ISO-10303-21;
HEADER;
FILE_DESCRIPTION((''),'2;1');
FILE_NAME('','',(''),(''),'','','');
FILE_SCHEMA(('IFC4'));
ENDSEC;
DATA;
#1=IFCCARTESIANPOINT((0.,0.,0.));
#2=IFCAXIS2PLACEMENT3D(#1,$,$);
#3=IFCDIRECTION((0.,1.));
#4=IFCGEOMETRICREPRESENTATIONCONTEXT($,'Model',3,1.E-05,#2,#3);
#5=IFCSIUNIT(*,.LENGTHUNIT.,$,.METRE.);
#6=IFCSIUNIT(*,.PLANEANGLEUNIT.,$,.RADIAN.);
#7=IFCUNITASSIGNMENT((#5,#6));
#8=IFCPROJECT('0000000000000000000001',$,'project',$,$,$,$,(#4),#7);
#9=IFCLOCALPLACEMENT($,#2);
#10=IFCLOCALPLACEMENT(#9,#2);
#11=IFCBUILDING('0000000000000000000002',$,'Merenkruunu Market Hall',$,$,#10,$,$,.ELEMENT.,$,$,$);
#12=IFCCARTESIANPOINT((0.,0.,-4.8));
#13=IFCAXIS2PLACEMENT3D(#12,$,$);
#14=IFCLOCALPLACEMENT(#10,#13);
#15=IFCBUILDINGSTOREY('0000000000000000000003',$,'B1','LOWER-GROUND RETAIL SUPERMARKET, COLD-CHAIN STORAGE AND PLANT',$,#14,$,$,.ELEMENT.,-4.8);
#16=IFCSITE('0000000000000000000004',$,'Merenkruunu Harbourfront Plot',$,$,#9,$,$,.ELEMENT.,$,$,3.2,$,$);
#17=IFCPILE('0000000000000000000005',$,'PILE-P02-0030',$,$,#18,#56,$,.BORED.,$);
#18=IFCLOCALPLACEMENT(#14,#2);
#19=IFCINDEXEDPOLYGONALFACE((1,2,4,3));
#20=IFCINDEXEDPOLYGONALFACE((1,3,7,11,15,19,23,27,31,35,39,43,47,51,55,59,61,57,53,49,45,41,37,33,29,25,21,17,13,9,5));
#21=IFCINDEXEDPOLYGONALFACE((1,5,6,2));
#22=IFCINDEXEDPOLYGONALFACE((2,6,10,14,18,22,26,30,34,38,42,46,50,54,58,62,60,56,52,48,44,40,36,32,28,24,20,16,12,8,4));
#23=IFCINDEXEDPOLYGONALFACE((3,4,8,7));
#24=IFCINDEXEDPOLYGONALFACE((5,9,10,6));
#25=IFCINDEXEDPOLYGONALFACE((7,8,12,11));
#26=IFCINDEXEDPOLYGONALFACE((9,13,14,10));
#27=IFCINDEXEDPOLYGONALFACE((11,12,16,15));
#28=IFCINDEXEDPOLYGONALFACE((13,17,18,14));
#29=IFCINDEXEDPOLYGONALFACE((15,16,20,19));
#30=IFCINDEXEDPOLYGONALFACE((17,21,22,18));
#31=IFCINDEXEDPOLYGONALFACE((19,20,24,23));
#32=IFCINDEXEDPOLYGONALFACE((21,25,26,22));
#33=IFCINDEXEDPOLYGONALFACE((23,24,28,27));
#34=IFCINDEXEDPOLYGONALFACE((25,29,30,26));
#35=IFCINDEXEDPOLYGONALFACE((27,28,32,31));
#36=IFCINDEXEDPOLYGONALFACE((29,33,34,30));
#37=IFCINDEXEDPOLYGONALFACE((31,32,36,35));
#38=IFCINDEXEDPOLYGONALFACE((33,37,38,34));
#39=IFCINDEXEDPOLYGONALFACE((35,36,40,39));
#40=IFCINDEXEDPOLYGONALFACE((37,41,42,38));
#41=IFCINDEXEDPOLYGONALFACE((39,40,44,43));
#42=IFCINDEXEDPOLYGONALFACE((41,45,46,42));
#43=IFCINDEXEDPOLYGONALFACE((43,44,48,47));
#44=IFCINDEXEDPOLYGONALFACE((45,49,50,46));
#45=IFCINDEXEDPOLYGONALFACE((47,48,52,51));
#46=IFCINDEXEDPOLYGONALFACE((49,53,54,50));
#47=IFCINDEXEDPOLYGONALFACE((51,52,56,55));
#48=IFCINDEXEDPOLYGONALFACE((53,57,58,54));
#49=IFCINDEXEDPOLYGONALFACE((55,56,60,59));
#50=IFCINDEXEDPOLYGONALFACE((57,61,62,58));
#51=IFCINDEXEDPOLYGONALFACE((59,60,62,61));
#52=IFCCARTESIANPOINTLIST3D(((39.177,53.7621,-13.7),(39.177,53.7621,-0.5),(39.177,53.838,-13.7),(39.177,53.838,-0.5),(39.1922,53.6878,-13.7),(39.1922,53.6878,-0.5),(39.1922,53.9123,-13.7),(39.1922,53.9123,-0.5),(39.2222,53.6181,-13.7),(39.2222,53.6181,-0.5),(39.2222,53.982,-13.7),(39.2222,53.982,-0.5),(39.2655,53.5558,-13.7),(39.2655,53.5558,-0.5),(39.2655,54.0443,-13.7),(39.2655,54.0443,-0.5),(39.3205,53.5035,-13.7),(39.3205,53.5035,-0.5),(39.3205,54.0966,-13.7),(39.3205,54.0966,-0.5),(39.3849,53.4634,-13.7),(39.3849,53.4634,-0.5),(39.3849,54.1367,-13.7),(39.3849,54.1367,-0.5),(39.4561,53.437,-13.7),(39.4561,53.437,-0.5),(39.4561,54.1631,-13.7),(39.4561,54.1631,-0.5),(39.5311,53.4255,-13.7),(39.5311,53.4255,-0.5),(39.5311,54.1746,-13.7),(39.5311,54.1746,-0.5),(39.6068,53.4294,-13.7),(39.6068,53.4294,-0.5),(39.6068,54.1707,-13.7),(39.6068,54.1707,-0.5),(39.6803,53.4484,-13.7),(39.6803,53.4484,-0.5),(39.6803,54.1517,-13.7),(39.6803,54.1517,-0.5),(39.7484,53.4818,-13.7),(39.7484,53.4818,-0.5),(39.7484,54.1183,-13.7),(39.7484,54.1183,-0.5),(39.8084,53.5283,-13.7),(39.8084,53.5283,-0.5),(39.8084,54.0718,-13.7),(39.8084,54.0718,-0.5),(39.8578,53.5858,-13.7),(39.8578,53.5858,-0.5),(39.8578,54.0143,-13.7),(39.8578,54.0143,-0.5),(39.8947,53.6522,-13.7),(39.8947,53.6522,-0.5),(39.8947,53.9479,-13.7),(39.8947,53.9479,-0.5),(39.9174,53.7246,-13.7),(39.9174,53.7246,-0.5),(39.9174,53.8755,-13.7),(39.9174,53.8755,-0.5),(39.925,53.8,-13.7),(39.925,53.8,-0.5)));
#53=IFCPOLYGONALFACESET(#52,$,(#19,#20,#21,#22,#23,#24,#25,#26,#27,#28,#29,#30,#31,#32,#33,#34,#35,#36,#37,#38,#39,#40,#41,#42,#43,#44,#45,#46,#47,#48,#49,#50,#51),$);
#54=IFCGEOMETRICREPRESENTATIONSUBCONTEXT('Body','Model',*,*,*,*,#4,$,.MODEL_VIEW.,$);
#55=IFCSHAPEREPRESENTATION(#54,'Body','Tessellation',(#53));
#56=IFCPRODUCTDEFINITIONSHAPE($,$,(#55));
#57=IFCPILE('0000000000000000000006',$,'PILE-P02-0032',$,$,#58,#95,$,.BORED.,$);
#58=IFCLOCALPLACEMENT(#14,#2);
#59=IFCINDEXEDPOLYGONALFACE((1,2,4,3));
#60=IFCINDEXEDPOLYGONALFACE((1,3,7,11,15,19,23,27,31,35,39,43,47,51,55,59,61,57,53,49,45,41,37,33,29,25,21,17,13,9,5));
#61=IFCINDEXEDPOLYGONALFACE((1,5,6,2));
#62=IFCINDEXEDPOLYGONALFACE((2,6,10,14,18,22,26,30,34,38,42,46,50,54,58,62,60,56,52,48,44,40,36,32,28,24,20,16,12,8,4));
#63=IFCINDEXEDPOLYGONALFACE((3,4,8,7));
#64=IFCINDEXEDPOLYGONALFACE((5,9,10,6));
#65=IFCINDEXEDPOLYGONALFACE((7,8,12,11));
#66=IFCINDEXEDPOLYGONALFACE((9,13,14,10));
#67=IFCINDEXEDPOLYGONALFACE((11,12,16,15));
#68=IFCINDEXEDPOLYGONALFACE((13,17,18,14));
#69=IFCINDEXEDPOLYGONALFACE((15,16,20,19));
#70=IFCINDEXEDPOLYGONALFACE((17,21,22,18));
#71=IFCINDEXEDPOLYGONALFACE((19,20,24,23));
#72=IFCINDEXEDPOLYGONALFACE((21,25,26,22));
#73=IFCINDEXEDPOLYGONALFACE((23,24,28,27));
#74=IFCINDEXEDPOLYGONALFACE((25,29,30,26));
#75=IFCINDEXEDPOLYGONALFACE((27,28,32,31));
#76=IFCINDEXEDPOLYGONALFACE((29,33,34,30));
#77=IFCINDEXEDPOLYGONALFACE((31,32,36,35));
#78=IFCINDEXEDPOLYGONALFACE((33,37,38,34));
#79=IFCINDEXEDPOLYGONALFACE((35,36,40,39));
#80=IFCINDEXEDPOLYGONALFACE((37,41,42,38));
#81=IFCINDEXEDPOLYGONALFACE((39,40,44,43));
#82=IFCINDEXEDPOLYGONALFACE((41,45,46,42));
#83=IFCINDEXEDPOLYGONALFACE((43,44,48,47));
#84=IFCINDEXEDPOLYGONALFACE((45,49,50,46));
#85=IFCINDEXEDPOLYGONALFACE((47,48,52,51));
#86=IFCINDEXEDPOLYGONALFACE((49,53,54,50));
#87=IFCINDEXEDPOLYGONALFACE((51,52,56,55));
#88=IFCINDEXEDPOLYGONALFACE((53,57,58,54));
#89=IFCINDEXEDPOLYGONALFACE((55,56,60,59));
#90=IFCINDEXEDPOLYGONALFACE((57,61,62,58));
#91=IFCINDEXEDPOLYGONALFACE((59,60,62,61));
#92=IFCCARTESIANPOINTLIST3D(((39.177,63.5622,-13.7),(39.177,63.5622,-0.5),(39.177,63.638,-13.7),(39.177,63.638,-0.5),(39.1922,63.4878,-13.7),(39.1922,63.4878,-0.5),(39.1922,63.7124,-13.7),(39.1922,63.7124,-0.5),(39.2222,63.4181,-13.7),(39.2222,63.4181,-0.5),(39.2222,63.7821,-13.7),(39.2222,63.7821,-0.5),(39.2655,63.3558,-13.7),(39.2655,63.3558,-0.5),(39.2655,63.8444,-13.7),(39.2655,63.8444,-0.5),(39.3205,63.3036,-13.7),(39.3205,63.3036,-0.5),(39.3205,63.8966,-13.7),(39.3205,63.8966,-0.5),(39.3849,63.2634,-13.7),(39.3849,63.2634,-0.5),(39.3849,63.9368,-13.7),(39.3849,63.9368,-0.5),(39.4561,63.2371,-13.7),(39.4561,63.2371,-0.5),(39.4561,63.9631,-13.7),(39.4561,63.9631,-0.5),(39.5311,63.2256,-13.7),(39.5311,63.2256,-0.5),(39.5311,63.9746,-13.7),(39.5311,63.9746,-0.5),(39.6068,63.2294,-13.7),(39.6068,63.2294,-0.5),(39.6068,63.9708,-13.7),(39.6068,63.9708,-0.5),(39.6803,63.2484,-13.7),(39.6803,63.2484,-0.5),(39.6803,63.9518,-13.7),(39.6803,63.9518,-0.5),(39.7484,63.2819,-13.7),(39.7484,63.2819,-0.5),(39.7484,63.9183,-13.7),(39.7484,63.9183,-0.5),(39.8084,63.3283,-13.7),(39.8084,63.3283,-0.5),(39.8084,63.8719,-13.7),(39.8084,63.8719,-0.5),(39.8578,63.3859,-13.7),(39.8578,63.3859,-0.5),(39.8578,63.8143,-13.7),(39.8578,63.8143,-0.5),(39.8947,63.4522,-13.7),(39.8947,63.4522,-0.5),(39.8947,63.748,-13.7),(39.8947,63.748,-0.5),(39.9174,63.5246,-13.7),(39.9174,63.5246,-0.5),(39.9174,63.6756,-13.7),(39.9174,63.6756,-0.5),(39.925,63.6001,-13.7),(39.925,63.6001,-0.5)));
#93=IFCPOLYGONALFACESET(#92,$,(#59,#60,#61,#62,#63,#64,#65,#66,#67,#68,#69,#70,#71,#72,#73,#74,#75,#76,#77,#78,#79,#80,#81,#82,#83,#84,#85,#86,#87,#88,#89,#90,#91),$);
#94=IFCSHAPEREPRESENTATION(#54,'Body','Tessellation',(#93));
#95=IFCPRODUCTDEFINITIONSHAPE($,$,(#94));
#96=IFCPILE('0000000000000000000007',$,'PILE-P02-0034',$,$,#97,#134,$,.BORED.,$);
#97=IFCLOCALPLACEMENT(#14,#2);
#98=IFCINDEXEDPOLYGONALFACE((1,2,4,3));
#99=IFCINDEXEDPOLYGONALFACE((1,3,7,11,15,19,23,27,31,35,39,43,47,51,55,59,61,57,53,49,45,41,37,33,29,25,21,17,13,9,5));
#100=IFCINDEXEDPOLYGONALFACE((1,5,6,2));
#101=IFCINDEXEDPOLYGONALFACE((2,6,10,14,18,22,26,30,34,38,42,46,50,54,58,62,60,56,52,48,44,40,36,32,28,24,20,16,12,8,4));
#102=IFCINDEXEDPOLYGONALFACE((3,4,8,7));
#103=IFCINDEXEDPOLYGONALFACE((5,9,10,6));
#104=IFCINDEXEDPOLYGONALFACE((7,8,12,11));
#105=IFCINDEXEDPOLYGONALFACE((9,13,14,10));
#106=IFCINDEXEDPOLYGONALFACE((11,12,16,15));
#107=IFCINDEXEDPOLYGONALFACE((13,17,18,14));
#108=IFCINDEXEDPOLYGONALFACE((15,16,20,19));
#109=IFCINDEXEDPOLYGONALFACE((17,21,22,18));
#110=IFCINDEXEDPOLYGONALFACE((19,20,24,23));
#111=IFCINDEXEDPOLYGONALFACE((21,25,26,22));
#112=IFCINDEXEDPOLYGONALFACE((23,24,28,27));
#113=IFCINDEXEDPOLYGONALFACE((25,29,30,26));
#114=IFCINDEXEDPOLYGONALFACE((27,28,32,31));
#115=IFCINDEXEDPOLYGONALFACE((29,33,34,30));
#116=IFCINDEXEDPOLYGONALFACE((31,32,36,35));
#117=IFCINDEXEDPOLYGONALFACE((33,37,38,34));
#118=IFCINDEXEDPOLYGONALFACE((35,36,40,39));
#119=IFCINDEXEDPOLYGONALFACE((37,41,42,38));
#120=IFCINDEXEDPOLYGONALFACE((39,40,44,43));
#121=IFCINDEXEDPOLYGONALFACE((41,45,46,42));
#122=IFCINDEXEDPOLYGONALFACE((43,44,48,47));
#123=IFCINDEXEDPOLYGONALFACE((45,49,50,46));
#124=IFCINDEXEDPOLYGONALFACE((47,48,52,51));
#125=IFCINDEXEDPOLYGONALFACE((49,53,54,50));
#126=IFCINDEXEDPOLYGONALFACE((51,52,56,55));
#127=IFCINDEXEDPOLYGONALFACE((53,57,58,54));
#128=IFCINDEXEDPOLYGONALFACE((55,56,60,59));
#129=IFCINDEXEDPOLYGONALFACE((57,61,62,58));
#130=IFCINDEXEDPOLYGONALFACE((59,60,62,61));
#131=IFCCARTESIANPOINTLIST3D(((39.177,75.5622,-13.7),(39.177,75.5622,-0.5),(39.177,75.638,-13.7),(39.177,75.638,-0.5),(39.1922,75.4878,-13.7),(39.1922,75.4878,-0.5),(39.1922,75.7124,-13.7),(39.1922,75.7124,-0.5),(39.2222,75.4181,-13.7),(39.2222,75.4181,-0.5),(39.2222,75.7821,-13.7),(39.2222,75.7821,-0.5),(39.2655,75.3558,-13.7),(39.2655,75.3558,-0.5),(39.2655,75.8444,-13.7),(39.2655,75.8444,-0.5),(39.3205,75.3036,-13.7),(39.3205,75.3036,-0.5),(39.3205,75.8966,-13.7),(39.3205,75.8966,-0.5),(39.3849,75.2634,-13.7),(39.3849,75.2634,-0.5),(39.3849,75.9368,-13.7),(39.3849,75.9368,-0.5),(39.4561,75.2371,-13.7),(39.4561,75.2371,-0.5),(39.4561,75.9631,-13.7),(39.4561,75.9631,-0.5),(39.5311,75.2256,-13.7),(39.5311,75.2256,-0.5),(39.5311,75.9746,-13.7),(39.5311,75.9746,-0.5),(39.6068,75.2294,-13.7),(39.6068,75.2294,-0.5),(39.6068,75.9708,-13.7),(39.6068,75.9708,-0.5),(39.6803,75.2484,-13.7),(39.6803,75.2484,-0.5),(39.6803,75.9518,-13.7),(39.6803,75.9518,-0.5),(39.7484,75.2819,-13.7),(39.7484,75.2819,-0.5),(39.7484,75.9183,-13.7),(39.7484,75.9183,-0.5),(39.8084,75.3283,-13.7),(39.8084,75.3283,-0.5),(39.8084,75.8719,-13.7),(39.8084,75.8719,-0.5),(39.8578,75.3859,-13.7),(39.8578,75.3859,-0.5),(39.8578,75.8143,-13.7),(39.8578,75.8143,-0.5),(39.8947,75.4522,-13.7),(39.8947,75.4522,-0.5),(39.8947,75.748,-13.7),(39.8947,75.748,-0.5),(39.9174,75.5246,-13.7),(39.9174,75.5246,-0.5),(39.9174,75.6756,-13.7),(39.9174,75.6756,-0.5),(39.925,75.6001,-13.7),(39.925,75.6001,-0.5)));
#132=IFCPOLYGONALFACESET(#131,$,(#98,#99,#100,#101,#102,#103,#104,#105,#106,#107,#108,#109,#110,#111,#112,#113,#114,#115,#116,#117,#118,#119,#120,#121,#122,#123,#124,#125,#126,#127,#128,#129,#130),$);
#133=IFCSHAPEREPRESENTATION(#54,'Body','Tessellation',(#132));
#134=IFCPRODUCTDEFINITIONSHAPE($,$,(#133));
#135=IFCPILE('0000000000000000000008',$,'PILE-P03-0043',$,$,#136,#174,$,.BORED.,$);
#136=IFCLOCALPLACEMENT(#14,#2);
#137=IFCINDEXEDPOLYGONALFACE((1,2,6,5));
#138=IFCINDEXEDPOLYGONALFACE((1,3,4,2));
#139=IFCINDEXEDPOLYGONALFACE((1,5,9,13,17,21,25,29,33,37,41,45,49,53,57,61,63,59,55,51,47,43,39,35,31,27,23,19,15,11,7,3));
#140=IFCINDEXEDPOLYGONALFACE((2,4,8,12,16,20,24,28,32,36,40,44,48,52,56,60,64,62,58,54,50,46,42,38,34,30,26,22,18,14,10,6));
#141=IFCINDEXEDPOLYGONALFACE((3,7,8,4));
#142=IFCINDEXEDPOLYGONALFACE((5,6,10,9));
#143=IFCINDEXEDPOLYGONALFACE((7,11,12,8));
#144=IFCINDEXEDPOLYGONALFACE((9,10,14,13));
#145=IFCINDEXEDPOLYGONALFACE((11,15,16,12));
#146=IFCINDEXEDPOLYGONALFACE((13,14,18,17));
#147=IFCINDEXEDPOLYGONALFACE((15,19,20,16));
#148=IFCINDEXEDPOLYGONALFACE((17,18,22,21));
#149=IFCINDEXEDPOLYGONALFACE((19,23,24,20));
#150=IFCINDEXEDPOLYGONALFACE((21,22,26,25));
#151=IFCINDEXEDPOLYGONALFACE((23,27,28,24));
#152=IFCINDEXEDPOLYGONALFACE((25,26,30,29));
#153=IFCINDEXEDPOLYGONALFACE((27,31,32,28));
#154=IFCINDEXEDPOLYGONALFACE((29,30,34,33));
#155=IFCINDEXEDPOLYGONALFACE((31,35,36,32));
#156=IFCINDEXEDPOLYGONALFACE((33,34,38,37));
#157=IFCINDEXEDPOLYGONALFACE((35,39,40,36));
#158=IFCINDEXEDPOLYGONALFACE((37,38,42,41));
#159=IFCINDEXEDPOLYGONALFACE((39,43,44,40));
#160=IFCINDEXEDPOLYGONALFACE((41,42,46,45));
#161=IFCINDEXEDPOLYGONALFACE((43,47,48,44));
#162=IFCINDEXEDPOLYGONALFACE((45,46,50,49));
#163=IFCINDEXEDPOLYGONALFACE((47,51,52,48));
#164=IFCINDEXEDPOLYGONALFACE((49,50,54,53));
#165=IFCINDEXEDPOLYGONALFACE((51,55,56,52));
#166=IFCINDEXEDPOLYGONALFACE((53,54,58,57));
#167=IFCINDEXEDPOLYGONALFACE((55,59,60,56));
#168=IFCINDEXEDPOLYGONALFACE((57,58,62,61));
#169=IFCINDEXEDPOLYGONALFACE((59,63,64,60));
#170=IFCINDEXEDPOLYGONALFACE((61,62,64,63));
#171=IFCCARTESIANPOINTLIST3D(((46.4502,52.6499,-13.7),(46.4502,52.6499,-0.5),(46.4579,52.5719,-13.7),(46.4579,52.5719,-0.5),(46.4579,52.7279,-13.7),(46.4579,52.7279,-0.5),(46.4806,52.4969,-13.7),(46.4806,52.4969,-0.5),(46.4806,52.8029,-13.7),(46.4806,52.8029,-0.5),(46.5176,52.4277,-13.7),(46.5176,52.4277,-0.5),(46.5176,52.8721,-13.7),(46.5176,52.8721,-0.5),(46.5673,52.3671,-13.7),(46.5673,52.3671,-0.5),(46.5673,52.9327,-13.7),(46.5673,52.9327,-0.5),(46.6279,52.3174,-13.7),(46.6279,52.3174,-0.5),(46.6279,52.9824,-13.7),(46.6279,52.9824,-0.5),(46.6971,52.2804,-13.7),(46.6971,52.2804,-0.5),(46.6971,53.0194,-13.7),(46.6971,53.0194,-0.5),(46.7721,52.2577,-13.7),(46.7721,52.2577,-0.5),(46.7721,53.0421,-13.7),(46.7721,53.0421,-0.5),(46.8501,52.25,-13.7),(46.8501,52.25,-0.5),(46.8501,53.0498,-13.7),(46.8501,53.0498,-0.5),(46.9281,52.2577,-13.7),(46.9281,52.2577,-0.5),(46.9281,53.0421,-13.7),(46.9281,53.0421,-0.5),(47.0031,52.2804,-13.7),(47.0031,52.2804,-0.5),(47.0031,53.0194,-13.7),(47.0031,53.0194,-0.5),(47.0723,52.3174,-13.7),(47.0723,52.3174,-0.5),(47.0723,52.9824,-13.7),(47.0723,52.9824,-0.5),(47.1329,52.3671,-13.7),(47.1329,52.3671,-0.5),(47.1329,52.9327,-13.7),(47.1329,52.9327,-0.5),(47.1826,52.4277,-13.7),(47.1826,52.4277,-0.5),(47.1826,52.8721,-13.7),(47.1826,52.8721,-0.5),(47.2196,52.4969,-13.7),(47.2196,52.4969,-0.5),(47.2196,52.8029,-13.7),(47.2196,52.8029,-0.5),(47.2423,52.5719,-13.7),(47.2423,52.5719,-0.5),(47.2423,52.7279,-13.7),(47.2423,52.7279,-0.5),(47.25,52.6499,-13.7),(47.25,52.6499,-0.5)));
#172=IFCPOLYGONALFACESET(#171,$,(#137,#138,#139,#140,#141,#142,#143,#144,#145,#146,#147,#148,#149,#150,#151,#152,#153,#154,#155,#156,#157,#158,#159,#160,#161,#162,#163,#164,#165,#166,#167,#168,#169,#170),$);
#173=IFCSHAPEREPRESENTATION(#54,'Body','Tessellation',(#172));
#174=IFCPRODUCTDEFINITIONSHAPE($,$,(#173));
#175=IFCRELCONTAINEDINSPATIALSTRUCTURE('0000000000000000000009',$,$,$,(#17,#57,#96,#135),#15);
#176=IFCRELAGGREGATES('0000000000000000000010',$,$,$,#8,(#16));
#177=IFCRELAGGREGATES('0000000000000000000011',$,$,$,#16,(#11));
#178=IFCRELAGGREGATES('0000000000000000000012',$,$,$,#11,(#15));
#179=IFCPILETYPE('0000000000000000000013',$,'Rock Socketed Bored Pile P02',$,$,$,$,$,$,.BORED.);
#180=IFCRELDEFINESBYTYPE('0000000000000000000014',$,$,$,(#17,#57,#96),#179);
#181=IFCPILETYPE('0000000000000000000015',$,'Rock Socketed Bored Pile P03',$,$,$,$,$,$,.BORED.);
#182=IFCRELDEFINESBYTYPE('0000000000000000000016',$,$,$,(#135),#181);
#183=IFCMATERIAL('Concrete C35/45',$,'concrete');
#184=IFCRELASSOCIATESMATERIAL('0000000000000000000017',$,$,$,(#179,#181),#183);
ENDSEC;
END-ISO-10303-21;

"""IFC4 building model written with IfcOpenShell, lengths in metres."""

from ifc_helpers import new_model, si_unit, direction, frame, origin, origin_2d, place, context, subcontext, project, spatial, circle, extrude, material, material_profile, profile_set, type_object, element, save


model = new_model("IFC4")

# Units and contexts
model_context = context("Model", 3, precision=1e-05, world=origin(), true_north=direction((0.0, 1.0)))
body_context = subcontext(model_context, "Body", "Model", "MODEL_VIEW")
ifc_project = project(units=[si_unit("LENGTHUNIT", "METRE"), si_unit("PLANEANGLEUNIT", "RADIAN")], contexts=[model_context])

# Site, building, storey
site_placement = place(None, origin())
site = spatial("IfcSite", under=ifc_project, at=site_placement, Name="Merenkruunu Harbourfront Plot", CompositionType="ELEMENT", RefElevation=3.2)
building_placement = place(site_placement, origin())
building = spatial("IfcBuilding", under=site, at=building_placement, Name="Merenkruunu Market Hall", CompositionType="ELEMENT")
storey_placement = place(building_placement, frame((0.0, 0.0, -4.8)))
storey = spatial("IfcBuildingStorey", under=building, at=storey_placement, Name="B1", Description="LOWER-GROUND RETAIL SUPERMARKET, COLD-CHAIN STORAGE AND PLANT", CompositionType="ELEMENT", Elevation=-4.8)

# Piles
ifc_material_1 = material(Name="Concrete C35/45", Category="concrete")
ifc_material_profile_1 = material_profile(ifc_material_1, circle(Radius=0.375, at=origin_2d()), Name="BORED PILE 750")
ifc_profile_set_1 = profile_set([ifc_material_profile_1], Name="Concrete C35/45")
pile_type_1 = type_object("IfcPileType", Name="Rock Socketed Bored Pile P02", PredefinedType="BORED", material=ifc_profile_set_1)
for number, where, z_axis, x_axis, name in (
    (1, (39.55, 53.8, -0.5), (0.0, 0.0, -1.0), (1.0, 0.0, 0.0), "PILE-P02-0030"),
    (2, (39.55, 63.6001, -0.5), (0.0, 0.0, -1.0), (1.0, 0.0, 0.0), "PILE-P02-0032"),
    (3, (39.55, 75.6001, -0.5), (0.0, 0.0, -1.0), (1.0, 0.0, 0.0), "PILE-P02-0034"),
):
    element("IfcPile", number, at=place(storey_placement, frame(where, z_axis=z_axis, x_axis=x_axis)), inside=storey, type_object=pile_type_1, Name=name, PredefinedType="BORED", context=body_context, shape_type="SweptSolid", body=[
        extrude(circle(Radius=0.375, at=origin_2d()), origin(), (0.0, 0.0, 1.0), 13.2),
    ])
ifc_material_profile_2 = material_profile(ifc_material_1, circle(Radius=0.3999, at=origin_2d()), Name="BORED PILE 800")
ifc_profile_set_2 = profile_set([ifc_material_profile_2], Name="Concrete C35/45")
pile_type_2 = type_object("IfcPileType", Name="Rock Socketed Bored Pile P03", PredefinedType="BORED", material=ifc_profile_set_2)
for number, where, z_axis, x_axis, name in (
    (4, (46.8501, 52.6499, -0.5), (0.0, 0.0, -1.0), (1.0, 0.0, 0.0), "PILE-P03-0043"),
):
    element("IfcPile", number, at=place(storey_placement, frame(where, z_axis=z_axis, x_axis=x_axis)), inside=storey, type_object=pile_type_2, Name=name, PredefinedType="BORED", context=body_context, shape_type="SweptSolid", body=[
        extrude(circle(Radius=0.3999, at=origin_2d()), origin(), (0.0, 0.0, 1.0), 13.2),
    ])

save(model, "model.ifc")
